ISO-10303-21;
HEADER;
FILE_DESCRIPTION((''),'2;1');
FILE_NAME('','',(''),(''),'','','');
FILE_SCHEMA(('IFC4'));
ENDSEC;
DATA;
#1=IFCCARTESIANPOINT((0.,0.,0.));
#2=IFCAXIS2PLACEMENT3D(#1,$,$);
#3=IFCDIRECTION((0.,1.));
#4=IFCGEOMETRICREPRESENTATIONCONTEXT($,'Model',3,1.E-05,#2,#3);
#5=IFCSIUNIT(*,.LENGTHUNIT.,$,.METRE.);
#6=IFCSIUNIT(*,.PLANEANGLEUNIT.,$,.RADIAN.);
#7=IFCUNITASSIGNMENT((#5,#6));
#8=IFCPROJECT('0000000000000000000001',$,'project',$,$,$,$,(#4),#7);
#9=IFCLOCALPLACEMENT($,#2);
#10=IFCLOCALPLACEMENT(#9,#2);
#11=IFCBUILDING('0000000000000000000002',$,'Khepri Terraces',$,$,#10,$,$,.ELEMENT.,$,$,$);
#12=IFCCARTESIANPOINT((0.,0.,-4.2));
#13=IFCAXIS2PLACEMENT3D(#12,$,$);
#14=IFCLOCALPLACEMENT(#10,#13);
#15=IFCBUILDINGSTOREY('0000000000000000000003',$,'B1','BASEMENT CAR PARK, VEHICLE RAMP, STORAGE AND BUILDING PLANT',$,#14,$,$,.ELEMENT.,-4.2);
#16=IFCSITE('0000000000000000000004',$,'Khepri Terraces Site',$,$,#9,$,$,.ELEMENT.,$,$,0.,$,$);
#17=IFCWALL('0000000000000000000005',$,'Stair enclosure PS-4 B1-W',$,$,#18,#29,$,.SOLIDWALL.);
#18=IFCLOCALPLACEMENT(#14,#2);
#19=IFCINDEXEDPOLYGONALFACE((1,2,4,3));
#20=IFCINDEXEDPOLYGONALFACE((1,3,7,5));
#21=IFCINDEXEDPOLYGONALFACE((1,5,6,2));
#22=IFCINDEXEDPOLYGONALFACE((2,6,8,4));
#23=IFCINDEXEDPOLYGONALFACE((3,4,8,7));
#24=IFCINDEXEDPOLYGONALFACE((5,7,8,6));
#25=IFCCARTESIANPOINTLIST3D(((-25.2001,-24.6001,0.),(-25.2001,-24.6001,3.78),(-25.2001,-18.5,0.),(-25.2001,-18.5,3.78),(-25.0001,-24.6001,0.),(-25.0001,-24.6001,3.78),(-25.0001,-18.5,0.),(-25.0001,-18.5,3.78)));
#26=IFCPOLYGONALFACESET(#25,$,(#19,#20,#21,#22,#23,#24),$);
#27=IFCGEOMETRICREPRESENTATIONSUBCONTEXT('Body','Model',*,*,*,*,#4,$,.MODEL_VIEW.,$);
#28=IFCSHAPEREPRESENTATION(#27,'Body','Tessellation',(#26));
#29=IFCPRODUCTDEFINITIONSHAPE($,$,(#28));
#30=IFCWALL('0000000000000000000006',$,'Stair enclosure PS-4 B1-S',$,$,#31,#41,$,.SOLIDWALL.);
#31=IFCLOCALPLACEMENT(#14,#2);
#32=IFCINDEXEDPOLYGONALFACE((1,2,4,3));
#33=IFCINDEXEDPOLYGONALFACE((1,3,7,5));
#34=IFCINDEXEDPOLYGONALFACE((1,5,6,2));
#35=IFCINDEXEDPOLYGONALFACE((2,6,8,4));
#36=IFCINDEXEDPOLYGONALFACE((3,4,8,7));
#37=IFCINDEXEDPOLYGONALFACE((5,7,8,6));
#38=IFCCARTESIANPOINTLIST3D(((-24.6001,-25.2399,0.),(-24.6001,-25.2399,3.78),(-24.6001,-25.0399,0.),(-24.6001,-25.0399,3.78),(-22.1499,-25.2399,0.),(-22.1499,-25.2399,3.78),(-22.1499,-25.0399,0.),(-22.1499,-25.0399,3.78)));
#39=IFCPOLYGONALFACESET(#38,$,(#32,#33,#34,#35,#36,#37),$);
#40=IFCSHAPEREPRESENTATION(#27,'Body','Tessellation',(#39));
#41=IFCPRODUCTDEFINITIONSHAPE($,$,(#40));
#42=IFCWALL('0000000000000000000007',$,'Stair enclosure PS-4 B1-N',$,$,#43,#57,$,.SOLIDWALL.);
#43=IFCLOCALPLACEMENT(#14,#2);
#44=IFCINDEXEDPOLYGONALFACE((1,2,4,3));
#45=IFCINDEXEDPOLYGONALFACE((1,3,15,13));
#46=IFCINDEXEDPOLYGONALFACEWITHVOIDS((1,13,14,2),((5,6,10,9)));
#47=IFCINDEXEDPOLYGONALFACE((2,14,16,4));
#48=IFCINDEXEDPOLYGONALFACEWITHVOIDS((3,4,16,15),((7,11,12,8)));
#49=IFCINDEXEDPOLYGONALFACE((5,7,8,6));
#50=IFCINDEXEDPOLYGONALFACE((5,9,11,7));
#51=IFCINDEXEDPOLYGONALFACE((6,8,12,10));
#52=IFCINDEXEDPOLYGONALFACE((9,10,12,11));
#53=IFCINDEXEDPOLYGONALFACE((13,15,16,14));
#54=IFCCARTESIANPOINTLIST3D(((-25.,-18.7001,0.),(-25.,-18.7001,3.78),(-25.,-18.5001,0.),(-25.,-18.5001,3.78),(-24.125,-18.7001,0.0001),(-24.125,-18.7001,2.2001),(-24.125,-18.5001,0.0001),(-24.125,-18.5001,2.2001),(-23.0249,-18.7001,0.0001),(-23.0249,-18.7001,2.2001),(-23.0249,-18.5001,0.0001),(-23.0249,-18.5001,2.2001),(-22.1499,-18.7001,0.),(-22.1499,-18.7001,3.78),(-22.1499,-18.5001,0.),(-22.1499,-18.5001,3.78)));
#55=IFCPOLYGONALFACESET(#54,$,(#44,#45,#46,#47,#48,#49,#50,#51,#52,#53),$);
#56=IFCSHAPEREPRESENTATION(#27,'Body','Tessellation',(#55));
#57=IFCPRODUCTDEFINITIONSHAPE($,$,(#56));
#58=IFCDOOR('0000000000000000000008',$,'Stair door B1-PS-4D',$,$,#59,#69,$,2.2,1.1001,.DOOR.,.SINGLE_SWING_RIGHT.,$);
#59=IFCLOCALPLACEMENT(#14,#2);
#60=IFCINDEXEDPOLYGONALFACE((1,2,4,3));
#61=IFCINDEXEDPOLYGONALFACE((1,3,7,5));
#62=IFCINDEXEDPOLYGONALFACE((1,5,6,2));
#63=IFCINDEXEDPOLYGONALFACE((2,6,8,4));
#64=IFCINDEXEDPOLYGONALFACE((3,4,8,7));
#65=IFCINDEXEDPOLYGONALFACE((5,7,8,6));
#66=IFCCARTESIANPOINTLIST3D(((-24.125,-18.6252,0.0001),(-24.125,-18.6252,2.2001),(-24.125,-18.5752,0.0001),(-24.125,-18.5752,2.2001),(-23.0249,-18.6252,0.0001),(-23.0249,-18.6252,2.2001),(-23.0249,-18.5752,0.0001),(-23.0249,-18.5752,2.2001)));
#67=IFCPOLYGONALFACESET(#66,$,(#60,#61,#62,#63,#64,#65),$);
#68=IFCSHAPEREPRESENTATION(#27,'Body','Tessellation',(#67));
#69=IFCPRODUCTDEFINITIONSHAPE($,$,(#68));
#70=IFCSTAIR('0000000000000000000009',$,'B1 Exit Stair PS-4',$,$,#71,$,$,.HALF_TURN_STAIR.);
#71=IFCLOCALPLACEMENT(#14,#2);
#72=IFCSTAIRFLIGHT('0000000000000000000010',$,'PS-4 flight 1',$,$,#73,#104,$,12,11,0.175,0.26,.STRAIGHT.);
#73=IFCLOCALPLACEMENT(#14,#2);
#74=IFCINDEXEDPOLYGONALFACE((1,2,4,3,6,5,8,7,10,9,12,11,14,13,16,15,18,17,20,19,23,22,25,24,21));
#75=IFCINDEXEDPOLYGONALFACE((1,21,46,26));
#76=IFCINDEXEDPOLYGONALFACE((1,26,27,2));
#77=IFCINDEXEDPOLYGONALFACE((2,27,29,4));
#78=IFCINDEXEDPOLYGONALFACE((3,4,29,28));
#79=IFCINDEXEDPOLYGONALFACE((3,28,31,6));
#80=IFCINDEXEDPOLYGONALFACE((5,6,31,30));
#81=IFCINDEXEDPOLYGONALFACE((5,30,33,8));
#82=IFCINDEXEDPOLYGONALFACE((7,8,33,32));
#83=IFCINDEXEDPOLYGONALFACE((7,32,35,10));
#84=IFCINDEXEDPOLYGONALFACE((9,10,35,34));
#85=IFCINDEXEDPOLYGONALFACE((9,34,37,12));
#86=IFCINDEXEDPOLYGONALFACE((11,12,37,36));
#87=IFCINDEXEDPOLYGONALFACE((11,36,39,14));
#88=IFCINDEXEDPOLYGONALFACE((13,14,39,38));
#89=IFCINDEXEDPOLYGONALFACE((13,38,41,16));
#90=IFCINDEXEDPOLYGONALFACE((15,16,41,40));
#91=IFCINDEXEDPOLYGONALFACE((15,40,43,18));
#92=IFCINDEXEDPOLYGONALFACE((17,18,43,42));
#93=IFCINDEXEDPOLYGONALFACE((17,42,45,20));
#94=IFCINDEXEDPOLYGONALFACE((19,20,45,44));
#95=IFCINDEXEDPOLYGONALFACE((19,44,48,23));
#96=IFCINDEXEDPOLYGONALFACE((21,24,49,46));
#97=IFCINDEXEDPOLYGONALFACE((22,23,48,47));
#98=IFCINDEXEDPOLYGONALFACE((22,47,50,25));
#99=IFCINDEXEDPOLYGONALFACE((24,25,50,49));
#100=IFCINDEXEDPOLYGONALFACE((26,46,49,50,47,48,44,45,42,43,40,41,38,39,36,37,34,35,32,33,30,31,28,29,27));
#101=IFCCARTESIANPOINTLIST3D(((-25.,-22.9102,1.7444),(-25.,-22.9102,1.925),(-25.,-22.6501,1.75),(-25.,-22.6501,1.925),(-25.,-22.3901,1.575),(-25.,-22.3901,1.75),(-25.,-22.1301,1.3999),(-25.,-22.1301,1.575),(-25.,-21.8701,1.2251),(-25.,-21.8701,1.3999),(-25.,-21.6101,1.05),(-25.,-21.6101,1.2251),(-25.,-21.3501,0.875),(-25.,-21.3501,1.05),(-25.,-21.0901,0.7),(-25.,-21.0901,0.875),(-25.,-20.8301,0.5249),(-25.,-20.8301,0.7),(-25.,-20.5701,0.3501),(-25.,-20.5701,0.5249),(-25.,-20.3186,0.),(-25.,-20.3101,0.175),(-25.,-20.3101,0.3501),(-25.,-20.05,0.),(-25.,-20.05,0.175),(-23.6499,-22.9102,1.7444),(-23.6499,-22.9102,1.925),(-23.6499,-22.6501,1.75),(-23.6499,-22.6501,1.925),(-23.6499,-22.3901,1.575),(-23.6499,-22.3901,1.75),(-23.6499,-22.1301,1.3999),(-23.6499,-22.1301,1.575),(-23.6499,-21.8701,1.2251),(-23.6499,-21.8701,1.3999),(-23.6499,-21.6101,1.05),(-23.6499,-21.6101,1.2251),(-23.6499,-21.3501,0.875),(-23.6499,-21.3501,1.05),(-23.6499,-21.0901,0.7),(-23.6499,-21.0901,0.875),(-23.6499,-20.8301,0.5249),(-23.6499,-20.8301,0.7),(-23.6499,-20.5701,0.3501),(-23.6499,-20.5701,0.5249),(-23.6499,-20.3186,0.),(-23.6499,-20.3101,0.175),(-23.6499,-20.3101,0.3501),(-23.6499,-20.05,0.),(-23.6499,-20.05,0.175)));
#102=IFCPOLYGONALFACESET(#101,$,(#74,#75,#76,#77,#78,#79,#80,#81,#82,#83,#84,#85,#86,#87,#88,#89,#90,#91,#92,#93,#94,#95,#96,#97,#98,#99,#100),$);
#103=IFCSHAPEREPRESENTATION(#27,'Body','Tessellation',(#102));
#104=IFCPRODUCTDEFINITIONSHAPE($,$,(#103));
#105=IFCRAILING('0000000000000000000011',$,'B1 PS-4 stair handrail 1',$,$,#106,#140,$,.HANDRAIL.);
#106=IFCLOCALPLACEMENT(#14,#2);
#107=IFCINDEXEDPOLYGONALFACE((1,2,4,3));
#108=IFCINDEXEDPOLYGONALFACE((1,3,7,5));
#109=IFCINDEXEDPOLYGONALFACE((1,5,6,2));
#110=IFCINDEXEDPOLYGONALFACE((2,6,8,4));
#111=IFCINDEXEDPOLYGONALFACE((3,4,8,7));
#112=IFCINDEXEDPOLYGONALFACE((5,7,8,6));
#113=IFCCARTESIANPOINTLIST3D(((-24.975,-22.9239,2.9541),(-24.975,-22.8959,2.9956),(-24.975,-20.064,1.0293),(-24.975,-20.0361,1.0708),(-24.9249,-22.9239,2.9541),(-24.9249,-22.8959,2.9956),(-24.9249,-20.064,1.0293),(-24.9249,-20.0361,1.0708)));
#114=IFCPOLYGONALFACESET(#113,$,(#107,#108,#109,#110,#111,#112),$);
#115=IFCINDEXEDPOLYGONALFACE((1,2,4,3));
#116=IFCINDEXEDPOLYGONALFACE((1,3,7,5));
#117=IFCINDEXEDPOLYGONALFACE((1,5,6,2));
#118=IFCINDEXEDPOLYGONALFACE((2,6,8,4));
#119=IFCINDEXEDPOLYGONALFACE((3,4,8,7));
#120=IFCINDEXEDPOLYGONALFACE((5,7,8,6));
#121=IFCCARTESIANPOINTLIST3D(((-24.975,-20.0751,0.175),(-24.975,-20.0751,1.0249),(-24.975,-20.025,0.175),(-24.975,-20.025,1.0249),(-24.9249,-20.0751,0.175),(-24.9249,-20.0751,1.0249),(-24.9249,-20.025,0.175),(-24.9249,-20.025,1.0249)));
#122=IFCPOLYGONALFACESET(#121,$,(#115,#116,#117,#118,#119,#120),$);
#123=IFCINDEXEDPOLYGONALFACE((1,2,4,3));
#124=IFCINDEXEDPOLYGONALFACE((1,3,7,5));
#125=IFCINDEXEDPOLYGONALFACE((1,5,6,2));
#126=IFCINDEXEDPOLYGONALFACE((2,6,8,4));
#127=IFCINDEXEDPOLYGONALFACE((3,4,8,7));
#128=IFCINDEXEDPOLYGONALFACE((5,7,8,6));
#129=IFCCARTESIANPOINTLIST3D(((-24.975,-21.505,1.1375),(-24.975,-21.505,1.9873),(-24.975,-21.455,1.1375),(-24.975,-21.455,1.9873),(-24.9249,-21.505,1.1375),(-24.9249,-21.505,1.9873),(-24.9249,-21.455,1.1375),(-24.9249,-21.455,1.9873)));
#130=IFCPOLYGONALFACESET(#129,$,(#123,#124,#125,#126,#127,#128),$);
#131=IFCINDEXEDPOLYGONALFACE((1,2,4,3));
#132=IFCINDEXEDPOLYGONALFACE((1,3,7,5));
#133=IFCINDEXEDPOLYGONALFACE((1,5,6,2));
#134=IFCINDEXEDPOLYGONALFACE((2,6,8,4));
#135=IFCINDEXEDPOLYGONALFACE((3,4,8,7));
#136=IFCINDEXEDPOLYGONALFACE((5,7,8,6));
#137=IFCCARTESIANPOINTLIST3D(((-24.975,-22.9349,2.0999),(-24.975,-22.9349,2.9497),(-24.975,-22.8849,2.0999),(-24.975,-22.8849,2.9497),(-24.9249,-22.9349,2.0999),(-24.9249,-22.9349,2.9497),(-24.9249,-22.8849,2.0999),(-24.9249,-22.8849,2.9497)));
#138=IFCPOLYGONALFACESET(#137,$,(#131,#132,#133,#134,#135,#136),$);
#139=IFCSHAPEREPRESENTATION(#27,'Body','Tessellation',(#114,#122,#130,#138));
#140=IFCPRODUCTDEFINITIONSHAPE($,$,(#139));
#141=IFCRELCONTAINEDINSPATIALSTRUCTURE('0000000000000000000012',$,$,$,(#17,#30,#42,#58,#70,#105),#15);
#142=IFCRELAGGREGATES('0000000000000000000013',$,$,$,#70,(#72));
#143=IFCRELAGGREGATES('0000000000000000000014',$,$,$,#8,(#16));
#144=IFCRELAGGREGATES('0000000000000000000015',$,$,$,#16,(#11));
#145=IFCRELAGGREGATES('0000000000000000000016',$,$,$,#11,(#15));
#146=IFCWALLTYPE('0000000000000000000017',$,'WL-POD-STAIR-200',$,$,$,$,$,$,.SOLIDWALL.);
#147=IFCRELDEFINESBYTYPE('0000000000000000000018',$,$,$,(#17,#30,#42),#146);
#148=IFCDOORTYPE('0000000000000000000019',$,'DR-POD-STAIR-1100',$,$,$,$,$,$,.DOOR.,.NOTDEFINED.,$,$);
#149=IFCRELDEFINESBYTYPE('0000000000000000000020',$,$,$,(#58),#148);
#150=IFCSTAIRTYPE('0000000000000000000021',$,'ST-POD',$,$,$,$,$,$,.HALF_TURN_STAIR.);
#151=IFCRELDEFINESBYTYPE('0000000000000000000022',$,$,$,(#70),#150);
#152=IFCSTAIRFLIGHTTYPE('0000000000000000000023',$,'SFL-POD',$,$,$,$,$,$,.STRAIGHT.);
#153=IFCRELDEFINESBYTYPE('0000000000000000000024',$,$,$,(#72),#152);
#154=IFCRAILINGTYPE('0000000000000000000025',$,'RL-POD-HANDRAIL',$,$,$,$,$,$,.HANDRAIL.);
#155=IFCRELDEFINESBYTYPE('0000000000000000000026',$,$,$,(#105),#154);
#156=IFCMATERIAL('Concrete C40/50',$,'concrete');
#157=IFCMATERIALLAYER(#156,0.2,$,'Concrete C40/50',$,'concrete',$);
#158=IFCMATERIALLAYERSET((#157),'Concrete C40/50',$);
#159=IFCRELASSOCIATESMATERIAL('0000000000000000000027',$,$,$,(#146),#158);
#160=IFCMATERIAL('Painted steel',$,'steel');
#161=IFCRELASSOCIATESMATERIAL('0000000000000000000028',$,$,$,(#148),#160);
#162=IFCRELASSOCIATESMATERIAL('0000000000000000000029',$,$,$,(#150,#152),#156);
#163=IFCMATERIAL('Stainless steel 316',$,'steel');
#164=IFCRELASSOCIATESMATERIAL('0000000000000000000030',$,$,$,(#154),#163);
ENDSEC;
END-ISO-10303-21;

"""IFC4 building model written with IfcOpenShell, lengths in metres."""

from ifc_helpers import new_model, si_unit, direction, frame, frame_2d, origin, origin_2d, place, context, subcontext, project, spatial, polyline, rectangle, outline, extrude, material, layer, layer_set, type_object, element, fill, aggregate, save


model = new_model("IFC4")

# Units and contexts
model_context = context("Model", 3, precision=1e-05, world=origin(), true_north=direction((0.0, 1.0)))
body_context = subcontext(model_context, "Body", "Model", "MODEL_VIEW")
ifc_project = project(units=[si_unit("LENGTHUNIT", "METRE"), si_unit("PLANEANGLEUNIT", "RADIAN")], contexts=[model_context])

# Site, building, storey
site_placement = place(None, origin())
site = spatial("IfcSite", under=ifc_project, at=site_placement, Name="Khepri Terraces Site", CompositionType="ELEMENT", RefElevation=0.0)
building_placement = place(site_placement, origin())
building = spatial("IfcBuilding", under=site, at=building_placement, Name="Khepri Terraces", CompositionType="ELEMENT")
storey_placement = place(building_placement, frame((0.0, 0.0, -4.2)))
storey = spatial("IfcBuildingStorey", under=building, at=storey_placement, Name="B1", Description="BASEMENT CAR PARK, VEHICLE RAMP, STORAGE AND BUILDING PLANT", CompositionType="ELEMENT", Elevation=-4.2)

# Walls
ifc_material_1 = material(Name="Concrete C40/50", Category="concrete")
ifc_layer_1 = layer(ifc_material_1, 0.2, Name="Concrete C40/50", Category="concrete")
ifc_layer_set_1 = layer_set([ifc_layer_1], Name="Concrete C40/50")
wall_type_1 = type_object("IfcWallType", Name="WL-POD-STAIR-200", PredefinedType="SOLIDWALL", material=ifc_layer_set_1)
wall_1_placement = place(storey_placement, frame((-25.1001, -24.6001, 0.0), z_axis=(0.0, 0.0, 1.0), x_axis=(0.0, 1.0, 0.0)))
element("IfcWall", 1, at=wall_1_placement, inside=storey, type_object=wall_type_1, Name="Stair enclosure PS-4 B1-W", PredefinedType="SOLIDWALL", context=body_context, shape_type="SweptSolid", body=[
    extrude(rectangle(XDim=6.1001, YDim=0.2, at=frame_2d((3.05, 0.0))), origin(), (0.0, 0.0, 1.0), 3.78),
])
wall_2_placement = place(storey_placement, frame((-24.6001, -25.1399, 0.0), z_axis=(0.0, 0.0, 1.0), x_axis=(1.0, 0.0, 0.0)))
element("IfcWall", 2, at=wall_2_placement, inside=storey, type_object=wall_type_1, Name="Stair enclosure PS-4 B1-S", PredefinedType="SOLIDWALL", context=body_context, shape_type="SweptSolid", body=[
    extrude(rectangle(XDim=2.4502, YDim=0.2, at=frame_2d((1.2251, 0.0))), origin(), (0.0, 0.0, 1.0), 3.78),
])

# Wall, opening, door
wall_3_placement = place(storey_placement, frame((-25.0, -18.6001, 0.0), z_axis=(0.0, 0.0, 1.0), x_axis=(1.0, 0.0, 0.0)))
wall_3 = element("IfcWall", 3, at=wall_3_placement, inside=storey, type_object=wall_type_1, Name="Stair enclosure PS-4 B1-N", PredefinedType="SOLIDWALL", context=body_context, shape_type="SweptSolid", body=[
    extrude(rectangle(XDim=2.8501, YDim=0.2, at=frame_2d((1.425, 0.0))), origin(), (0.0, 0.0, 1.0), 3.78),
])
opening_1_placement = place(wall_3_placement, frame((0.875, 0.0, 0.0)))
opening_1 = element("IfcOpeningElement", 4, at=opening_1_placement, cuts=wall_3, PredefinedType="OPENING", context=body_context, shape_type="SweptSolid", body=[
    extrude(rectangle(XDim=1.1001, YDim=2.2, at=frame_2d((0.55, 1.1001))), frame((0.0, 0.1099, 0.0), z_axis=(0.0, -1.0, 0.0), x_axis=(1.0, 0.0, 0.0)), (0.0, 0.0, 1.0), 0.22),
])
ifc_material_2 = material(Name="Painted steel", Category="steel")
door_type_1 = type_object("IfcDoorType", Name="DR-POD-STAIR-1100", OperationType="NOTDEFINED", PredefinedType="DOOR", material=ifc_material_2)
door_1_placement = place(opening_1_placement, origin())
door_1 = element("IfcDoor", 5, at=door_1_placement, inside=storey, type_object=door_type_1, Name="Stair door B1-PS-4D", OperationType="SINGLE_SWING_RIGHT", OverallHeight=2.2, OverallWidth=1.1001, PredefinedType="DOOR", context=body_context, shape_type="SweptSolid", body=[
    extrude(rectangle(XDim=1.1001, YDim=2.2, at=frame_2d((0.55, 1.1001))), frame((0.0, 0.0249, 0.0), z_axis=(0.0, -1.0, 0.0), x_axis=(1.0, 0.0, 0.0)), (0.0, 0.0, 1.0), 0.05),
])
fill(opening_1, door_1)

# Stair, stair flight
stair_type = type_object("IfcStairType", Name="ST-POD", PredefinedType="HALF_TURN_STAIR", material=ifc_material_1)
stair_placement = place(storey_placement, origin())
stair = element("IfcStair", 6, at=stair_placement, inside=storey, type_object=stair_type, Name="B1 Exit Stair PS-4", PredefinedType="HALF_TURN_STAIR")
stair_flight_type = type_object("IfcStairFlightType", Name="SFL-POD", PredefinedType="STRAIGHT", material=ifc_material_1)
stair_flight_placement = place(storey_placement, frame((-24.325, -20.05, 0.0), z_axis=(0.0, 0.0, 1.0), x_axis=(0.0, -1.0, 0.0)))
stair_flight = element("IfcStairFlight", 7, at=stair_flight_placement, type_object=stair_flight_type, Name="PS-4 flight 1", NumberOfRisers=12, NumberOfTreads=11, PredefinedType="STRAIGHT", RiserHeight=0.175, TreadLength=0.26, context=body_context, shape_type="SweptSolid", body=[
    extrude(outline(polyline([(0.0, 0.0), (0.0, 0.175), (0.26, 0.175), (0.26, 0.3501), (0.52, 0.3501), (0.52, 0.5249), (0.78, 0.5249), (0.78, 0.7), (1.04, 0.7), (1.04, 0.875), (1.3, 0.875), (1.3, 1.05), (1.5601, 1.05), (1.5601, 1.2251), (1.8201, 1.2251), (1.8201, 1.3999), (2.0801, 1.3999), (2.0801, 1.575), (2.3401, 1.575), (2.3401, 1.75), (2.6001, 1.75), (2.6001, 1.925), (2.8601, 1.925), (2.8601, 2.1001), (2.8601, 1.7444), (0.2686, 0.0), (0.0, 0.0)])), frame((0.0, 0.675, 0.0), z_axis=(0.0, -1.0, 0.0), x_axis=(1.0, 0.0, 0.0)), (0.0, 0.0, 1.0), 1.3501),
])
aggregate(stair, [stair_flight])

# Railing
ifc_material_3 = material(Name="Stainless steel 316", Category="steel")
railing_type = type_object("IfcRailingType", Name="RL-POD-HANDRAIL", PredefinedType="HANDRAIL", material=ifc_material_3)
railing_placement = place(storey_placement, frame((-24.95, -20.05, 0.175)))
element("IfcRailing", 8, at=railing_placement, inside=storey, type_object=railing_type, Name="B1 PS-4 stair handrail 1", PredefinedType="HANDRAIL", context=body_context, shape_type="SweptSolid", body=[
    extrude(rectangle(XDim=0.05, YDim=0.05, at=origin_2d()), frame((0.0, 0.0, 0.875), z_axis=(0.0, -0.829602, 0.558356), x_axis=(1.0, 0.0, 0.0)), (0.0, 0.0, 1.0), 3.4473),
    extrude(rectangle(XDim=0.05, YDim=0.05, at=origin_2d()), origin(), (0.0, 0.0, 1.0), 0.8499),
    extrude(rectangle(XDim=0.05, YDim=0.05, at=origin_2d()), frame((0.0, -1.4299, 0.9624)), (0.0, 0.0, 1.0), 0.8499),
    extrude(rectangle(XDim=0.05, YDim=0.05, at=origin_2d()), frame((0.0, -2.8599, 1.9248)), (0.0, 0.0, 1.0), 0.8499),
])

save(model, "model.ifc")
